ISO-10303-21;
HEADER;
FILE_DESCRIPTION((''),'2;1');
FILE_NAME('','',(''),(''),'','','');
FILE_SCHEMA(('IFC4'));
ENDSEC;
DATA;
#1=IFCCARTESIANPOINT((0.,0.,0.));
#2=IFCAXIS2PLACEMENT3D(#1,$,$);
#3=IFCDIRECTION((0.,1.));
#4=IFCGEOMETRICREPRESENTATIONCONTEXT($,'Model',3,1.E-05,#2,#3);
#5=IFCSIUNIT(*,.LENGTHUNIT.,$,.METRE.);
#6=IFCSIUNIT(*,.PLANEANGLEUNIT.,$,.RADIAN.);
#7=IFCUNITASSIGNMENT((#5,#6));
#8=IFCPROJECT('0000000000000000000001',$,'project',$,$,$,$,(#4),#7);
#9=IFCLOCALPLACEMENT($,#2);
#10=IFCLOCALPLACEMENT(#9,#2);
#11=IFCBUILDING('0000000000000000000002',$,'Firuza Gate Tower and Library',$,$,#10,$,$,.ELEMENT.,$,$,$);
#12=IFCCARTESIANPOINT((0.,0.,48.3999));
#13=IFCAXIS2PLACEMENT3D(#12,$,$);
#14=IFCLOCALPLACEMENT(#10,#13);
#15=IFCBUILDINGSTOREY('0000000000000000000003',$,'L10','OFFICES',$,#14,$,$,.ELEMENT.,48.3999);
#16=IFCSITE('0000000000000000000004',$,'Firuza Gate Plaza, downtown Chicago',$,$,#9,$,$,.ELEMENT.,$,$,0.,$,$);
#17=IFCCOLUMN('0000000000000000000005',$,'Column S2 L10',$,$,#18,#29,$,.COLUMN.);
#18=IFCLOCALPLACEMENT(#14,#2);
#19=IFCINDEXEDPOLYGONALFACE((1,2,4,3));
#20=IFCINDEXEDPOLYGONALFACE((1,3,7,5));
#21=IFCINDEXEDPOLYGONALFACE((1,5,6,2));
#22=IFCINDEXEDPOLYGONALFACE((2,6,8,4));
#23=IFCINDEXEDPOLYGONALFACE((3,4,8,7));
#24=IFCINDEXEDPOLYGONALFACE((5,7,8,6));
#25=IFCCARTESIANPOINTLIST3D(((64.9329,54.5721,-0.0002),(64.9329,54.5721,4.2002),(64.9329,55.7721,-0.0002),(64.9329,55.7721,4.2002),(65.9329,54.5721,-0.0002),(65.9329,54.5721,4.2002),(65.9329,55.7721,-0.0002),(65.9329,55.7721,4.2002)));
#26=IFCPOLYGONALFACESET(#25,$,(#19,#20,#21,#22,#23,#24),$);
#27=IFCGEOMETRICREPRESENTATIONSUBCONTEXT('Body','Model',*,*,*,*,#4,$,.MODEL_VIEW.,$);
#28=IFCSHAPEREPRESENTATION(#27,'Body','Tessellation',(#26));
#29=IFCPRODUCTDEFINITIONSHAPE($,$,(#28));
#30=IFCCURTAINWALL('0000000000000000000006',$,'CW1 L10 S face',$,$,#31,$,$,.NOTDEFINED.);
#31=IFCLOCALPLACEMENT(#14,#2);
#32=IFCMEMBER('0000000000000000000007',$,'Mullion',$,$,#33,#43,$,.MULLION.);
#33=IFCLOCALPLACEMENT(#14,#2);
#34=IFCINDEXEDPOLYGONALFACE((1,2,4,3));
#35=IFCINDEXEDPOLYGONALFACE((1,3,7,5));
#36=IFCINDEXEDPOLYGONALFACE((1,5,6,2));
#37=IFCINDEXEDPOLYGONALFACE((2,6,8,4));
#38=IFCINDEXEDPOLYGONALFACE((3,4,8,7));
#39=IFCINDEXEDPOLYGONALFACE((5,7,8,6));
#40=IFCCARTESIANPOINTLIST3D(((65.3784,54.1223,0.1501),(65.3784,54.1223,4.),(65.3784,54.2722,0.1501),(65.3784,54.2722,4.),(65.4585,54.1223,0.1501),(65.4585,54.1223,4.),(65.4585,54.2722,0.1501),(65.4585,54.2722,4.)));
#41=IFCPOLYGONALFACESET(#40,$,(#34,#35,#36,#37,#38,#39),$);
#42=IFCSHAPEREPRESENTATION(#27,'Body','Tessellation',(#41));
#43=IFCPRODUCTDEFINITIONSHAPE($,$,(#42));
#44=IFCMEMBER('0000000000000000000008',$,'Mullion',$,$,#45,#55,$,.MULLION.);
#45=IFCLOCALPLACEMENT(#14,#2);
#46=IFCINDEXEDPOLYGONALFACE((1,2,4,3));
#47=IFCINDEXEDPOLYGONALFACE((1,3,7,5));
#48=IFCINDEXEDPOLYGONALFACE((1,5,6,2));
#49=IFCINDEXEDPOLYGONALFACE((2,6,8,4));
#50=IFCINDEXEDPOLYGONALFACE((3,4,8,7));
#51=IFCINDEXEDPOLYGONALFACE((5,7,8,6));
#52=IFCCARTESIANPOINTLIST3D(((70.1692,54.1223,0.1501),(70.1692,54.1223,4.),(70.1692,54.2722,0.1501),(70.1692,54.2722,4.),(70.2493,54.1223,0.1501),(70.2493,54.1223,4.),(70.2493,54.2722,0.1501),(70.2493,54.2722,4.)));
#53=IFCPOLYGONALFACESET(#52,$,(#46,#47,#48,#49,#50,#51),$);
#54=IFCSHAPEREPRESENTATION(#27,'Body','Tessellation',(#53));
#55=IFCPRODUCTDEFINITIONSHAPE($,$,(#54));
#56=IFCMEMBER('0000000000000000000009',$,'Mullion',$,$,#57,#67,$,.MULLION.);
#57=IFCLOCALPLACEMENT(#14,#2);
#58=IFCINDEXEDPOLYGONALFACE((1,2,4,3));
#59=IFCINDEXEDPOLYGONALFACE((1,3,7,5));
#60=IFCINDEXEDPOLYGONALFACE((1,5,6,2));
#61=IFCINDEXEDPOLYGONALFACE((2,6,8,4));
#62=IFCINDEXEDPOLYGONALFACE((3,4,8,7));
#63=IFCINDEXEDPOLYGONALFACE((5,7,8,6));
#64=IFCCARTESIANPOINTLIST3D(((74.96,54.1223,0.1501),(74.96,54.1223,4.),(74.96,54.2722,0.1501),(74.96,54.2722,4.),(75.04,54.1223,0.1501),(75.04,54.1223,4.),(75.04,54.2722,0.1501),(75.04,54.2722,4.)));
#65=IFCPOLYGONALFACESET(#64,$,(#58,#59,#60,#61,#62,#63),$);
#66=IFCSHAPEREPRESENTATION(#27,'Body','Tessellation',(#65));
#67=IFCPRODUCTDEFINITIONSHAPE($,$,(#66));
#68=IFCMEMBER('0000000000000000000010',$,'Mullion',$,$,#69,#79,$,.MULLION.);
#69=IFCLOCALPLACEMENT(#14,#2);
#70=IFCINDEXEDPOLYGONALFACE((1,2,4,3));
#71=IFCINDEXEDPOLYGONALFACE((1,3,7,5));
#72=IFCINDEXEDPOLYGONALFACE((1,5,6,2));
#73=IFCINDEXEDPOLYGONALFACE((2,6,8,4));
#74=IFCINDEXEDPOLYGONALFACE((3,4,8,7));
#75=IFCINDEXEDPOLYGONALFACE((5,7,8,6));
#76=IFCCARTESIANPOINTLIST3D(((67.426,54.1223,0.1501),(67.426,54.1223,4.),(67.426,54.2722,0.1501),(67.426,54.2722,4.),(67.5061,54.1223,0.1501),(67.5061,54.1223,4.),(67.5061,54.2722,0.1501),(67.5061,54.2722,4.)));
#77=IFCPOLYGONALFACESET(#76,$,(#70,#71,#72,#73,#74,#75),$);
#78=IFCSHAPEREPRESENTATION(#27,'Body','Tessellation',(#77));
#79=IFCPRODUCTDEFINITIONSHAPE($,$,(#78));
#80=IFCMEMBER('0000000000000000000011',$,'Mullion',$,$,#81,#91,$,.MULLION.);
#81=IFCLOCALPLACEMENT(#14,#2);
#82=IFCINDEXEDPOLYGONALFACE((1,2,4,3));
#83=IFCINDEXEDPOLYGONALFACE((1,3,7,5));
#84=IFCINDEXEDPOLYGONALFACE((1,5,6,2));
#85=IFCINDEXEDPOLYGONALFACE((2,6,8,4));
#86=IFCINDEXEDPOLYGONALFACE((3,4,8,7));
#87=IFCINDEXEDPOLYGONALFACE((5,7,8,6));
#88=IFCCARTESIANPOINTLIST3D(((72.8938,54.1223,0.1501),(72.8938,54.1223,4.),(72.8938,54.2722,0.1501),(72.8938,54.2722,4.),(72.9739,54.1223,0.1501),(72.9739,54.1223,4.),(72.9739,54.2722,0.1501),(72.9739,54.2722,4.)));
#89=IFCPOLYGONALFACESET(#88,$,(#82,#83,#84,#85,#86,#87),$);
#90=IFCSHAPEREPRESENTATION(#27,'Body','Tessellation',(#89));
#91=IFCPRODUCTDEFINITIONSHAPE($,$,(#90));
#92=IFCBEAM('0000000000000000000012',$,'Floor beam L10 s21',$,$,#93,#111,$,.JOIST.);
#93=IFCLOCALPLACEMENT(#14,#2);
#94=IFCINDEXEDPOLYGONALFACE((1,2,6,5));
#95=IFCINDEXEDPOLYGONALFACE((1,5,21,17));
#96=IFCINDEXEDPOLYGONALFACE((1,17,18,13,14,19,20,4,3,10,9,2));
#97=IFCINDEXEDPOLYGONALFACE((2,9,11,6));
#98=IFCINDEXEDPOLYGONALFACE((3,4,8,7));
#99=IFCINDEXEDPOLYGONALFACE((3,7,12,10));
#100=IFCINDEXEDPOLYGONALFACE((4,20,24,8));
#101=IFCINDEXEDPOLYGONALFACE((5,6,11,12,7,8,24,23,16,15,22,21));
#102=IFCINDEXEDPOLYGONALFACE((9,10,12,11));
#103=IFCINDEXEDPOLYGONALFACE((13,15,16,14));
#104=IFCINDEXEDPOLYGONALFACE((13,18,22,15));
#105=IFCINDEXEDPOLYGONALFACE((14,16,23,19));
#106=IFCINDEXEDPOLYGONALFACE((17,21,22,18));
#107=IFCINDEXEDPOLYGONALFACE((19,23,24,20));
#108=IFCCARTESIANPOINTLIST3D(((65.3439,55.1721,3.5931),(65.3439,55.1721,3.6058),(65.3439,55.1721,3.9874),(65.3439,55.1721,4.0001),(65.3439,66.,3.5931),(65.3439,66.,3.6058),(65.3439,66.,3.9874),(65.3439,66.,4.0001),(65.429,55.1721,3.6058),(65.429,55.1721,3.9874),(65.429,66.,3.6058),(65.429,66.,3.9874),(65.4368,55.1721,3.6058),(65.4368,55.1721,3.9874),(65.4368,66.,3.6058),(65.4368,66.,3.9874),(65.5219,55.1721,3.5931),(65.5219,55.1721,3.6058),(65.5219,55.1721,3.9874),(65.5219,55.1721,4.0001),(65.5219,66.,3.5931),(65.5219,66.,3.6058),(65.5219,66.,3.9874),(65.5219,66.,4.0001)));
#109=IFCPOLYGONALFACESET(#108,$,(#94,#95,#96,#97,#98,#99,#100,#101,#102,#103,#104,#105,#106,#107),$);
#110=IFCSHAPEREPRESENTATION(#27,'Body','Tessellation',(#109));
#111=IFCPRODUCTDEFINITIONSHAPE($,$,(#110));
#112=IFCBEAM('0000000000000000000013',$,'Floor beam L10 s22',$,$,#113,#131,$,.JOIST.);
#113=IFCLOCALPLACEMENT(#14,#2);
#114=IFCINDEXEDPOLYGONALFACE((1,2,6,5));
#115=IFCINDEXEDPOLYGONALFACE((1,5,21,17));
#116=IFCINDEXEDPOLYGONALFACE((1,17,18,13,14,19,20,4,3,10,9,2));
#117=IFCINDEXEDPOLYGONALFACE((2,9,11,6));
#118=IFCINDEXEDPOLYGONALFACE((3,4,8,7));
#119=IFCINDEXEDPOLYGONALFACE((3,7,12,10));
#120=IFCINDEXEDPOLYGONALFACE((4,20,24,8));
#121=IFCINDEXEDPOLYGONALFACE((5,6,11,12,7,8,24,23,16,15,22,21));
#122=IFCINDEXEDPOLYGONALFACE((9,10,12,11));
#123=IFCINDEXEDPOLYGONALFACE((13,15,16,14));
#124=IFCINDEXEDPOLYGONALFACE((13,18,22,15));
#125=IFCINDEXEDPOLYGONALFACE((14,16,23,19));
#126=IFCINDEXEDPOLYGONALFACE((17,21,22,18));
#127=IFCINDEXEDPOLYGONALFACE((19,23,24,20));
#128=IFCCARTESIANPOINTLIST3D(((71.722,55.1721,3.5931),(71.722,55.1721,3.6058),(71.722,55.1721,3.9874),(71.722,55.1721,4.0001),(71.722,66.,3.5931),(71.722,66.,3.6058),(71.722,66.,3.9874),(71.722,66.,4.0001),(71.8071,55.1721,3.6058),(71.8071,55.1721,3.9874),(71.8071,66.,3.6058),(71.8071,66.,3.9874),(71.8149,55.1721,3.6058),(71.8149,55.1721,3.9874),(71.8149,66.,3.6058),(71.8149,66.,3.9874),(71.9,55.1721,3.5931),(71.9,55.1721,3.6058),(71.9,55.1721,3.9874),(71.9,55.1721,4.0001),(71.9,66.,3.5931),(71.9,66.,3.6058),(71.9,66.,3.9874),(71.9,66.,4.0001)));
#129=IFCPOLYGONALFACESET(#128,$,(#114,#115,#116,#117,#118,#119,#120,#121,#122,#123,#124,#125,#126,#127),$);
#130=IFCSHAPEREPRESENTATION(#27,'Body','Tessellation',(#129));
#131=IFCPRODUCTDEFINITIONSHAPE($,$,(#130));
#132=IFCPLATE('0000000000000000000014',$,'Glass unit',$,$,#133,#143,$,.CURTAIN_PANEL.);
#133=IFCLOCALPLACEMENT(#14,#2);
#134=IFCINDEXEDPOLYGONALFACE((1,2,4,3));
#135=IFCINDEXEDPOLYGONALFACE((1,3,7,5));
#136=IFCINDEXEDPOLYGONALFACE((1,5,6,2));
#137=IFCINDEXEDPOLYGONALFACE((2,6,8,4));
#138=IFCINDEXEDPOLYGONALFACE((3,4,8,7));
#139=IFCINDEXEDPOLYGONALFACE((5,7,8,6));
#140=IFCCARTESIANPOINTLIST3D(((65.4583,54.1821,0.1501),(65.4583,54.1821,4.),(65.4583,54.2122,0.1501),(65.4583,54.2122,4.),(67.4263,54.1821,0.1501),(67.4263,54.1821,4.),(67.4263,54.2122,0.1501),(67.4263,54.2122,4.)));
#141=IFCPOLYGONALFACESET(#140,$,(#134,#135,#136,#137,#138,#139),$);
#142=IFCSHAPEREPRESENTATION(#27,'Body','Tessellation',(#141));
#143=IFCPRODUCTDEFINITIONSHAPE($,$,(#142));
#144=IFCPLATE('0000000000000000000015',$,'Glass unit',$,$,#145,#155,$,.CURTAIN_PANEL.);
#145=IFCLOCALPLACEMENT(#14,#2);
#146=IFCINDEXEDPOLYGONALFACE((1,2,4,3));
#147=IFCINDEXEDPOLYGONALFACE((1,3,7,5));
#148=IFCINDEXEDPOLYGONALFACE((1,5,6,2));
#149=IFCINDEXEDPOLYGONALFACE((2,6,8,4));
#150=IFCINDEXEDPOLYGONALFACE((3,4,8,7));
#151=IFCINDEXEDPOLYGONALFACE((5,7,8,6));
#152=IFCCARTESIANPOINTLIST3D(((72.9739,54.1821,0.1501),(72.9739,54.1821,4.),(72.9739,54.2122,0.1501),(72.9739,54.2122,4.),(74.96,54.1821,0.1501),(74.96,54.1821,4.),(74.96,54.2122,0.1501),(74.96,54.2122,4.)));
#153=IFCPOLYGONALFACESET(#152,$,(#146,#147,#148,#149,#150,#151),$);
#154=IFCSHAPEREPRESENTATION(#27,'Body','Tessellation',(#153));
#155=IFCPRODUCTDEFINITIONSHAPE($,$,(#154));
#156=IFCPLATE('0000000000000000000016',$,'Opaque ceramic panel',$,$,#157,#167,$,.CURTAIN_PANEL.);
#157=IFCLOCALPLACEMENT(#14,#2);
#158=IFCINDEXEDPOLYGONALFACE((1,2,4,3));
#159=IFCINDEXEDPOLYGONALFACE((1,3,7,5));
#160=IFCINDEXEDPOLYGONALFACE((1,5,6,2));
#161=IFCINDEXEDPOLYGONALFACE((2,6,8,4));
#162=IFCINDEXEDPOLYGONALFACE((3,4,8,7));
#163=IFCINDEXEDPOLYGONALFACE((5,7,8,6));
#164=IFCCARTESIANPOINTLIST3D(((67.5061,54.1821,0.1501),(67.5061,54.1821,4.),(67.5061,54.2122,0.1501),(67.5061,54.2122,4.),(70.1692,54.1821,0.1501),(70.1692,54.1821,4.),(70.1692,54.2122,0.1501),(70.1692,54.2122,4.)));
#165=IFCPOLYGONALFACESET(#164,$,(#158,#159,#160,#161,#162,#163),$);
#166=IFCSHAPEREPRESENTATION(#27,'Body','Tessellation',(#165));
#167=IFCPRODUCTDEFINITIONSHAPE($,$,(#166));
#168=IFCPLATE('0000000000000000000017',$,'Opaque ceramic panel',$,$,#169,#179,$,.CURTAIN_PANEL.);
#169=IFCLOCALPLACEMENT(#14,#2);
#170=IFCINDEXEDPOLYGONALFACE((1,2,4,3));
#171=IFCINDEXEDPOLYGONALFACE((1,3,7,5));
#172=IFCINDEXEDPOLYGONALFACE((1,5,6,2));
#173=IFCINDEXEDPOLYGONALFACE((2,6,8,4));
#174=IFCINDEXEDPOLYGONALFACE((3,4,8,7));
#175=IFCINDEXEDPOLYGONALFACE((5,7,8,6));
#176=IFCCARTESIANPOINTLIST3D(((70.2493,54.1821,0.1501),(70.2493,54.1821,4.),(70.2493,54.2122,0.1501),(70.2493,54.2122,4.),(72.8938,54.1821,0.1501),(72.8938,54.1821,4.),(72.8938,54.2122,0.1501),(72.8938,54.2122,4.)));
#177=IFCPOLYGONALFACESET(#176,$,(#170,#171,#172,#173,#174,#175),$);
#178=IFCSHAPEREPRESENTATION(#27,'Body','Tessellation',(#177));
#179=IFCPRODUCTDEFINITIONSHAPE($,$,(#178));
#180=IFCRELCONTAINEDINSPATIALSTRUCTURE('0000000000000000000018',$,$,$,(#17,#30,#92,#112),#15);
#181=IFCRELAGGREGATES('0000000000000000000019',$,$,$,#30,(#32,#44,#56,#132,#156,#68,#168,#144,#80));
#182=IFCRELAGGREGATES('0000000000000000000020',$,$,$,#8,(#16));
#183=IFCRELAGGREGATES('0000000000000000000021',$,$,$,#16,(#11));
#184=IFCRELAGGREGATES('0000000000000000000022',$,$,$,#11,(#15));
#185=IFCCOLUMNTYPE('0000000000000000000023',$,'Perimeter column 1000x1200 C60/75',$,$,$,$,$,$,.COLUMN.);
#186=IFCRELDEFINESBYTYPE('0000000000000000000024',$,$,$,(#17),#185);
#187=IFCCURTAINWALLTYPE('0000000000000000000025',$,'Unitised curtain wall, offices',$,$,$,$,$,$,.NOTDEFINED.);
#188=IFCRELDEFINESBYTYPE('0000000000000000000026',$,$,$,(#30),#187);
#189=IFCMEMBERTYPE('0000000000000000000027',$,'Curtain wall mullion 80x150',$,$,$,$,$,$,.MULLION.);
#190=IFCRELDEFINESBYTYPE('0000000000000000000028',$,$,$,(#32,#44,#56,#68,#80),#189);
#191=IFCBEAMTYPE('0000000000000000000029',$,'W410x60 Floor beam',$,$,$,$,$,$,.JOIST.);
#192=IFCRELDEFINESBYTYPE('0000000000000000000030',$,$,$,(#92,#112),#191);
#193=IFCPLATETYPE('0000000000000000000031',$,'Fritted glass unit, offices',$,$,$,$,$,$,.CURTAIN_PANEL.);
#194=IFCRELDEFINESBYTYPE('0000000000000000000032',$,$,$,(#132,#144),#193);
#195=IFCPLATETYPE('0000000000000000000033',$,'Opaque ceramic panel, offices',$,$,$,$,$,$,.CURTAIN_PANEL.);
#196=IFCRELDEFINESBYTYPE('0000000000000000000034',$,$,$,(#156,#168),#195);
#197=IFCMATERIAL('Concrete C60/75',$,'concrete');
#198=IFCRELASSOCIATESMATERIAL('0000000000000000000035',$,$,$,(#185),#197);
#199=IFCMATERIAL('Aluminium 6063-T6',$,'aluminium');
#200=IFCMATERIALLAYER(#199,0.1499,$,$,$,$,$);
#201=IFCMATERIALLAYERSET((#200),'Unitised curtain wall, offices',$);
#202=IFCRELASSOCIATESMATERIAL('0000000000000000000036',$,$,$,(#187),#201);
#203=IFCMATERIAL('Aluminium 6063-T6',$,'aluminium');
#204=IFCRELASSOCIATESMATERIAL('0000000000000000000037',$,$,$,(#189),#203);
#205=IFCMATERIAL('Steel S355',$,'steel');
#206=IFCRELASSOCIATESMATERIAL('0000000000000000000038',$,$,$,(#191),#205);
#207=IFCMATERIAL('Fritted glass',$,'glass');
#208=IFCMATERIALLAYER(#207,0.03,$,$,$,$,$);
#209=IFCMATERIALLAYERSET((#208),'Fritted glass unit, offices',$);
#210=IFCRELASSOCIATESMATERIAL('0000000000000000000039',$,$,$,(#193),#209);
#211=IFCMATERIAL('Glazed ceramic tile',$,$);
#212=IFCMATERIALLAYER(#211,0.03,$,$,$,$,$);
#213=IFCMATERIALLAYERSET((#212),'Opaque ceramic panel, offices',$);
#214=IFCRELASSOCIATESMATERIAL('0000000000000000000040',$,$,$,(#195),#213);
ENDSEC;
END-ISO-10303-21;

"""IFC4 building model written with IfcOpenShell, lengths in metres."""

from ifc_helpers import new_model, si_unit, direction, frame, origin, origin_2d, place, context, subcontext, project, spatial, polyline, rectangle, i_section, outline, extrude, material, layer, layer_set, material_profile, profile_set, type_object, element, aggregate, save


model = new_model("IFC4")

# Units and contexts
model_context = context("Model", 3, precision=1e-05, world=origin(), true_north=direction((0.0, 1.0)))
body_context = subcontext(model_context, "Body", "Model", "MODEL_VIEW")
ifc_project = project(units=[si_unit("LENGTHUNIT", "METRE"), si_unit("PLANEANGLEUNIT", "RADIAN")], contexts=[model_context])

# Site, building, storey
site_placement = place(None, origin())
site = spatial("IfcSite", under=ifc_project, at=site_placement, Name="Firuza Gate Plaza, downtown Chicago", CompositionType="ELEMENT", RefElevation=0.0)
building_placement = place(site_placement, origin())
building = spatial("IfcBuilding", under=site, at=building_placement, Name="Firuza Gate Tower and Library", CompositionType="ELEMENT")
storey_placement = place(building_placement, frame((0.0, 0.0, 48.3999)))
storey = spatial("IfcBuildingStorey", under=building, at=storey_placement, Name="L10", Description="OFFICES", CompositionType="ELEMENT", Elevation=48.3999)

# Column
ifc_material_1 = material(Name="Concrete C60/75", Category="concrete")
ifc_material_profile_1 = material_profile(ifc_material_1, rectangle(XDim=1.0, YDim=1.2, at=origin_2d()))
ifc_profile_set_1 = profile_set([ifc_material_profile_1], Name="Concrete C60/75")
column_type = type_object("IfcColumnType", Name="Perimeter column 1000x1200 C60/75", PredefinedType="COLUMN", material=ifc_profile_set_1)
column_placement = place(storey_placement, frame((65.4329, 55.1721, -0.0002), z_axis=(0.0, 0.0, 1.0), x_axis=(1.0, 0.0, 0.0)))
element("IfcColumn", 1, at=column_placement, inside=storey, type_object=column_type, Name="Column S2 L10", PredefinedType="COLUMN", context=body_context, shape_type="SweptSolid", body=[
    extrude(rectangle(XDim=1.0, YDim=1.2, at=origin_2d()), origin(), (0.0, 0.0, 1.0), 4.2004),
])

# Curtain wall, members
ifc_material_2 = material(Name="Aluminium 6063-T6", Category="aluminium")
ifc_layer_1 = layer(ifc_material_2, 0.1499)
ifc_layer_set_1 = layer_set([ifc_layer_1], Name="Unitised curtain wall, offices")
curtain_wall_type = type_object("IfcCurtainWallType", Name="Unitised curtain wall, offices", PredefinedType="NOTDEFINED", material=ifc_layer_set_1)
curtain_wall_placement = place(storey_placement, origin())
curtain_wall = element("IfcCurtainWall", 2, at=curtain_wall_placement, inside=storey, type_object=curtain_wall_type, Name="CW1 L10 S face", PredefinedType="NOTDEFINED")
ifc_material_3 = material(Name="Aluminium 6063-T6", Category="aluminium")
ifc_material_profile_2 = material_profile(ifc_material_3, rectangle(XDim=0.1499, YDim=0.0801, at=origin_2d()))
ifc_profile_set_2 = profile_set([ifc_material_profile_2], Name="Aluminium 6063-T6")
member_type = type_object("IfcMemberType", Name="Curtain wall mullion 80x150", PredefinedType="MULLION", material=ifc_profile_set_2)
member_1_placement = place(storey_placement, frame((65.4185, 54.1973, 0.1501), z_axis=(0.0, 0.0, 1.0), x_axis=(0.0, 1.0, 0.0)))
member_1 = element("IfcMember", 3, at=member_1_placement, type_object=member_type, Name="Mullion", PredefinedType="MULLION", context=body_context, shape_type="SweptSolid", body=[
    extrude(rectangle(XDim=0.1499, YDim=0.0801, at=origin_2d()), origin(), (0.0, 0.0, 1.0), 3.8499),
])
member_2_placement = place(storey_placement, frame((70.2092, 54.1973, 0.1501), z_axis=(0.0, 0.0, 1.0), x_axis=(0.0, 1.0, 0.0)))
member_2 = element("IfcMember", 4, at=member_2_placement, type_object=member_type, Name="Mullion", PredefinedType="MULLION", context=body_context, shape_type="SweptSolid", body=[
    extrude(rectangle(XDim=0.1499, YDim=0.0801, at=origin_2d()), origin(), (0.0, 0.0, 1.0), 3.8499),
])
member_3_placement = place(storey_placement, frame((75.0, 54.1973, 0.1501), z_axis=(0.0, 0.0, 1.0), x_axis=(0.0, 1.0, 0.0)))
member_3 = element("IfcMember", 5, at=member_3_placement, type_object=member_type, Name="Mullion", PredefinedType="MULLION", context=body_context, shape_type="SweptSolid", body=[
    extrude(rectangle(XDim=0.1499, YDim=0.0801, at=origin_2d()), origin(), (0.0, 0.0, 1.0), 3.8499),
])
member_4_placement = place(storey_placement, frame((67.4661, 54.1973, 0.1501), z_axis=(0.0, 0.0, 1.0), x_axis=(0.0, 1.0, 0.0)))
member_4 = element("IfcMember", 6, at=member_4_placement, type_object=member_type, Name="Mullion", PredefinedType="MULLION", context=body_context, shape_type="SweptSolid", body=[
    extrude(rectangle(XDim=0.1499, YDim=0.0801, at=origin_2d()), origin(), (0.0, 0.0, 1.0), 3.8499),
])
member_5_placement = place(storey_placement, frame((72.9338, 54.1973, 0.1501), z_axis=(0.0, 0.0, 1.0), x_axis=(0.0, 1.0, 0.0)))
member_5 = element("IfcMember", 7, at=member_5_placement, type_object=member_type, Name="Mullion", PredefinedType="MULLION", context=body_context, shape_type="SweptSolid", body=[
    extrude(rectangle(XDim=0.1499, YDim=0.0801, at=origin_2d()), origin(), (0.0, 0.0, 1.0), 3.8499),
])

# Beams
ifc_material_4 = material(Name="Steel S355", Category="steel")
ifc_material_profile_3 = material_profile(ifc_material_4, i_section(OverallWidth=0.178, OverallDepth=0.407, WebThickness=0.0078, FlangeThickness=0.0127, at=origin_2d()))
ifc_profile_set_3 = profile_set([ifc_material_profile_3], Name="Steel S355")
beam_type = type_object("IfcBeamType", Name="W410x60 Floor beam", PredefinedType="JOIST", material=ifc_profile_set_3)
for number, where, z_axis, x_axis, name in (
    (8, (65.4329, 55.1721, 3.7966), (0.0, 1.0, 0.0), (-1.0, 0.0, 0.0), "Floor beam L10 s21"),
    (9, (71.811, 55.1721, 3.7966), (0.0, 1.0, 0.0), (-1.0, 0.0, 0.0), "Floor beam L10 s22"),
):
    element("IfcBeam", number, at=place(storey_placement, frame(where, z_axis=z_axis, x_axis=x_axis)), inside=storey, type_object=beam_type, Name=name, PredefinedType="JOIST", context=body_context, shape_type="SweptSolid", body=[
        extrude(i_section(OverallWidth=0.178, OverallDepth=0.407, WebThickness=0.0078, FlangeThickness=0.0127, at=origin_2d()), origin(), (0.0, 0.0, 1.0), 10.8279),
    ])

# Plates
ifc_material_5 = material(Name="Fritted glass", Category="glass")
ifc_layer_2 = layer(ifc_material_5, 0.03)
ifc_layer_set_2 = layer_set([ifc_layer_2], Name="Fritted glass unit, offices")
plate_type_1 = type_object("IfcPlateType", Name="Fritted glass unit, offices", PredefinedType="CURTAIN_PANEL", material=ifc_layer_set_2)
plate_1_placement = place(storey_placement, frame((65.4583, 54.1821, 0.1501), z_axis=(0.0, -1.0, 0.0), x_axis=(1.0, 0.0, 0.0)))
plate_1 = element("IfcPlate", 10, at=plate_1_placement, type_object=plate_type_1, Name="Glass unit", PredefinedType="CURTAIN_PANEL", context=body_context, shape_type="SweptSolid", body=[
    extrude(outline(polyline([(0.0, 0.0), (1.968, 0.0), (1.968, 3.8499), (0.0, 3.8499), (0.0, 0.0)])), origin(), (0.0, 0.0, -1.0), 0.03),
])
plate_2_placement = place(storey_placement, frame((72.9739, 54.1821, 0.1501), z_axis=(0.0, -1.0, 0.0), x_axis=(1.0, 0.0, 0.0)))
plate_2 = element("IfcPlate", 11, at=plate_2_placement, type_object=plate_type_1, Name="Glass unit", PredefinedType="CURTAIN_PANEL", context=body_context, shape_type="SweptSolid", body=[
    extrude(outline(polyline([(0.0, 0.0), (1.9861, 0.0), (1.9861, 3.8499), (0.0, 3.8499), (0.0, 0.0)])), origin(), (0.0, 0.0, -1.0), 0.03),
])
ifc_material_6 = material(Name="Glazed ceramic tile")
ifc_layer_3 = layer(ifc_material_6, 0.03)
ifc_layer_set_3 = layer_set([ifc_layer_3], Name="Opaque ceramic panel, offices")
plate_type_2 = type_object("IfcPlateType", Name="Opaque ceramic panel, offices", PredefinedType="CURTAIN_PANEL", material=ifc_layer_set_3)
plate_3_placement = place(storey_placement, frame((67.5061, 54.1821, 0.1501), z_axis=(0.0, -1.0, 0.0), x_axis=(1.0, 0.0, 0.0)))
plate_3 = element("IfcPlate", 12, at=plate_3_placement, type_object=plate_type_2, Name="Opaque ceramic panel", PredefinedType="CURTAIN_PANEL", context=body_context, shape_type="SweptSolid", body=[
    extrude(outline(polyline([(0.0, 0.0), (2.6631, 0.0), (2.6631, 3.8499), (0.0, 3.8499), (0.0, 0.0)])), origin(), (0.0, 0.0, -1.0), 0.03),
])
plate_4_placement = place(storey_placement, frame((70.2493, 54.1821, 0.1501), z_axis=(0.0, -1.0, 0.0), x_axis=(1.0, 0.0, 0.0)))
plate_4 = element("IfcPlate", 13, at=plate_4_placement, type_object=plate_type_2, Name="Opaque ceramic panel", PredefinedType="CURTAIN_PANEL", context=body_context, shape_type="SweptSolid", body=[
    extrude(outline(polyline([(0.0, 0.0), (2.6445, 0.0), (2.6445, 3.8499), (0.0, 3.8499), (0.0, 0.0)])), origin(), (0.0, 0.0, -1.0), 0.03),
])
aggregate(curtain_wall, [member_1, member_2, member_3, plate_1, plate_3, member_4, plate_4, plate_2, member_5])

save(model, "model.ifc")
